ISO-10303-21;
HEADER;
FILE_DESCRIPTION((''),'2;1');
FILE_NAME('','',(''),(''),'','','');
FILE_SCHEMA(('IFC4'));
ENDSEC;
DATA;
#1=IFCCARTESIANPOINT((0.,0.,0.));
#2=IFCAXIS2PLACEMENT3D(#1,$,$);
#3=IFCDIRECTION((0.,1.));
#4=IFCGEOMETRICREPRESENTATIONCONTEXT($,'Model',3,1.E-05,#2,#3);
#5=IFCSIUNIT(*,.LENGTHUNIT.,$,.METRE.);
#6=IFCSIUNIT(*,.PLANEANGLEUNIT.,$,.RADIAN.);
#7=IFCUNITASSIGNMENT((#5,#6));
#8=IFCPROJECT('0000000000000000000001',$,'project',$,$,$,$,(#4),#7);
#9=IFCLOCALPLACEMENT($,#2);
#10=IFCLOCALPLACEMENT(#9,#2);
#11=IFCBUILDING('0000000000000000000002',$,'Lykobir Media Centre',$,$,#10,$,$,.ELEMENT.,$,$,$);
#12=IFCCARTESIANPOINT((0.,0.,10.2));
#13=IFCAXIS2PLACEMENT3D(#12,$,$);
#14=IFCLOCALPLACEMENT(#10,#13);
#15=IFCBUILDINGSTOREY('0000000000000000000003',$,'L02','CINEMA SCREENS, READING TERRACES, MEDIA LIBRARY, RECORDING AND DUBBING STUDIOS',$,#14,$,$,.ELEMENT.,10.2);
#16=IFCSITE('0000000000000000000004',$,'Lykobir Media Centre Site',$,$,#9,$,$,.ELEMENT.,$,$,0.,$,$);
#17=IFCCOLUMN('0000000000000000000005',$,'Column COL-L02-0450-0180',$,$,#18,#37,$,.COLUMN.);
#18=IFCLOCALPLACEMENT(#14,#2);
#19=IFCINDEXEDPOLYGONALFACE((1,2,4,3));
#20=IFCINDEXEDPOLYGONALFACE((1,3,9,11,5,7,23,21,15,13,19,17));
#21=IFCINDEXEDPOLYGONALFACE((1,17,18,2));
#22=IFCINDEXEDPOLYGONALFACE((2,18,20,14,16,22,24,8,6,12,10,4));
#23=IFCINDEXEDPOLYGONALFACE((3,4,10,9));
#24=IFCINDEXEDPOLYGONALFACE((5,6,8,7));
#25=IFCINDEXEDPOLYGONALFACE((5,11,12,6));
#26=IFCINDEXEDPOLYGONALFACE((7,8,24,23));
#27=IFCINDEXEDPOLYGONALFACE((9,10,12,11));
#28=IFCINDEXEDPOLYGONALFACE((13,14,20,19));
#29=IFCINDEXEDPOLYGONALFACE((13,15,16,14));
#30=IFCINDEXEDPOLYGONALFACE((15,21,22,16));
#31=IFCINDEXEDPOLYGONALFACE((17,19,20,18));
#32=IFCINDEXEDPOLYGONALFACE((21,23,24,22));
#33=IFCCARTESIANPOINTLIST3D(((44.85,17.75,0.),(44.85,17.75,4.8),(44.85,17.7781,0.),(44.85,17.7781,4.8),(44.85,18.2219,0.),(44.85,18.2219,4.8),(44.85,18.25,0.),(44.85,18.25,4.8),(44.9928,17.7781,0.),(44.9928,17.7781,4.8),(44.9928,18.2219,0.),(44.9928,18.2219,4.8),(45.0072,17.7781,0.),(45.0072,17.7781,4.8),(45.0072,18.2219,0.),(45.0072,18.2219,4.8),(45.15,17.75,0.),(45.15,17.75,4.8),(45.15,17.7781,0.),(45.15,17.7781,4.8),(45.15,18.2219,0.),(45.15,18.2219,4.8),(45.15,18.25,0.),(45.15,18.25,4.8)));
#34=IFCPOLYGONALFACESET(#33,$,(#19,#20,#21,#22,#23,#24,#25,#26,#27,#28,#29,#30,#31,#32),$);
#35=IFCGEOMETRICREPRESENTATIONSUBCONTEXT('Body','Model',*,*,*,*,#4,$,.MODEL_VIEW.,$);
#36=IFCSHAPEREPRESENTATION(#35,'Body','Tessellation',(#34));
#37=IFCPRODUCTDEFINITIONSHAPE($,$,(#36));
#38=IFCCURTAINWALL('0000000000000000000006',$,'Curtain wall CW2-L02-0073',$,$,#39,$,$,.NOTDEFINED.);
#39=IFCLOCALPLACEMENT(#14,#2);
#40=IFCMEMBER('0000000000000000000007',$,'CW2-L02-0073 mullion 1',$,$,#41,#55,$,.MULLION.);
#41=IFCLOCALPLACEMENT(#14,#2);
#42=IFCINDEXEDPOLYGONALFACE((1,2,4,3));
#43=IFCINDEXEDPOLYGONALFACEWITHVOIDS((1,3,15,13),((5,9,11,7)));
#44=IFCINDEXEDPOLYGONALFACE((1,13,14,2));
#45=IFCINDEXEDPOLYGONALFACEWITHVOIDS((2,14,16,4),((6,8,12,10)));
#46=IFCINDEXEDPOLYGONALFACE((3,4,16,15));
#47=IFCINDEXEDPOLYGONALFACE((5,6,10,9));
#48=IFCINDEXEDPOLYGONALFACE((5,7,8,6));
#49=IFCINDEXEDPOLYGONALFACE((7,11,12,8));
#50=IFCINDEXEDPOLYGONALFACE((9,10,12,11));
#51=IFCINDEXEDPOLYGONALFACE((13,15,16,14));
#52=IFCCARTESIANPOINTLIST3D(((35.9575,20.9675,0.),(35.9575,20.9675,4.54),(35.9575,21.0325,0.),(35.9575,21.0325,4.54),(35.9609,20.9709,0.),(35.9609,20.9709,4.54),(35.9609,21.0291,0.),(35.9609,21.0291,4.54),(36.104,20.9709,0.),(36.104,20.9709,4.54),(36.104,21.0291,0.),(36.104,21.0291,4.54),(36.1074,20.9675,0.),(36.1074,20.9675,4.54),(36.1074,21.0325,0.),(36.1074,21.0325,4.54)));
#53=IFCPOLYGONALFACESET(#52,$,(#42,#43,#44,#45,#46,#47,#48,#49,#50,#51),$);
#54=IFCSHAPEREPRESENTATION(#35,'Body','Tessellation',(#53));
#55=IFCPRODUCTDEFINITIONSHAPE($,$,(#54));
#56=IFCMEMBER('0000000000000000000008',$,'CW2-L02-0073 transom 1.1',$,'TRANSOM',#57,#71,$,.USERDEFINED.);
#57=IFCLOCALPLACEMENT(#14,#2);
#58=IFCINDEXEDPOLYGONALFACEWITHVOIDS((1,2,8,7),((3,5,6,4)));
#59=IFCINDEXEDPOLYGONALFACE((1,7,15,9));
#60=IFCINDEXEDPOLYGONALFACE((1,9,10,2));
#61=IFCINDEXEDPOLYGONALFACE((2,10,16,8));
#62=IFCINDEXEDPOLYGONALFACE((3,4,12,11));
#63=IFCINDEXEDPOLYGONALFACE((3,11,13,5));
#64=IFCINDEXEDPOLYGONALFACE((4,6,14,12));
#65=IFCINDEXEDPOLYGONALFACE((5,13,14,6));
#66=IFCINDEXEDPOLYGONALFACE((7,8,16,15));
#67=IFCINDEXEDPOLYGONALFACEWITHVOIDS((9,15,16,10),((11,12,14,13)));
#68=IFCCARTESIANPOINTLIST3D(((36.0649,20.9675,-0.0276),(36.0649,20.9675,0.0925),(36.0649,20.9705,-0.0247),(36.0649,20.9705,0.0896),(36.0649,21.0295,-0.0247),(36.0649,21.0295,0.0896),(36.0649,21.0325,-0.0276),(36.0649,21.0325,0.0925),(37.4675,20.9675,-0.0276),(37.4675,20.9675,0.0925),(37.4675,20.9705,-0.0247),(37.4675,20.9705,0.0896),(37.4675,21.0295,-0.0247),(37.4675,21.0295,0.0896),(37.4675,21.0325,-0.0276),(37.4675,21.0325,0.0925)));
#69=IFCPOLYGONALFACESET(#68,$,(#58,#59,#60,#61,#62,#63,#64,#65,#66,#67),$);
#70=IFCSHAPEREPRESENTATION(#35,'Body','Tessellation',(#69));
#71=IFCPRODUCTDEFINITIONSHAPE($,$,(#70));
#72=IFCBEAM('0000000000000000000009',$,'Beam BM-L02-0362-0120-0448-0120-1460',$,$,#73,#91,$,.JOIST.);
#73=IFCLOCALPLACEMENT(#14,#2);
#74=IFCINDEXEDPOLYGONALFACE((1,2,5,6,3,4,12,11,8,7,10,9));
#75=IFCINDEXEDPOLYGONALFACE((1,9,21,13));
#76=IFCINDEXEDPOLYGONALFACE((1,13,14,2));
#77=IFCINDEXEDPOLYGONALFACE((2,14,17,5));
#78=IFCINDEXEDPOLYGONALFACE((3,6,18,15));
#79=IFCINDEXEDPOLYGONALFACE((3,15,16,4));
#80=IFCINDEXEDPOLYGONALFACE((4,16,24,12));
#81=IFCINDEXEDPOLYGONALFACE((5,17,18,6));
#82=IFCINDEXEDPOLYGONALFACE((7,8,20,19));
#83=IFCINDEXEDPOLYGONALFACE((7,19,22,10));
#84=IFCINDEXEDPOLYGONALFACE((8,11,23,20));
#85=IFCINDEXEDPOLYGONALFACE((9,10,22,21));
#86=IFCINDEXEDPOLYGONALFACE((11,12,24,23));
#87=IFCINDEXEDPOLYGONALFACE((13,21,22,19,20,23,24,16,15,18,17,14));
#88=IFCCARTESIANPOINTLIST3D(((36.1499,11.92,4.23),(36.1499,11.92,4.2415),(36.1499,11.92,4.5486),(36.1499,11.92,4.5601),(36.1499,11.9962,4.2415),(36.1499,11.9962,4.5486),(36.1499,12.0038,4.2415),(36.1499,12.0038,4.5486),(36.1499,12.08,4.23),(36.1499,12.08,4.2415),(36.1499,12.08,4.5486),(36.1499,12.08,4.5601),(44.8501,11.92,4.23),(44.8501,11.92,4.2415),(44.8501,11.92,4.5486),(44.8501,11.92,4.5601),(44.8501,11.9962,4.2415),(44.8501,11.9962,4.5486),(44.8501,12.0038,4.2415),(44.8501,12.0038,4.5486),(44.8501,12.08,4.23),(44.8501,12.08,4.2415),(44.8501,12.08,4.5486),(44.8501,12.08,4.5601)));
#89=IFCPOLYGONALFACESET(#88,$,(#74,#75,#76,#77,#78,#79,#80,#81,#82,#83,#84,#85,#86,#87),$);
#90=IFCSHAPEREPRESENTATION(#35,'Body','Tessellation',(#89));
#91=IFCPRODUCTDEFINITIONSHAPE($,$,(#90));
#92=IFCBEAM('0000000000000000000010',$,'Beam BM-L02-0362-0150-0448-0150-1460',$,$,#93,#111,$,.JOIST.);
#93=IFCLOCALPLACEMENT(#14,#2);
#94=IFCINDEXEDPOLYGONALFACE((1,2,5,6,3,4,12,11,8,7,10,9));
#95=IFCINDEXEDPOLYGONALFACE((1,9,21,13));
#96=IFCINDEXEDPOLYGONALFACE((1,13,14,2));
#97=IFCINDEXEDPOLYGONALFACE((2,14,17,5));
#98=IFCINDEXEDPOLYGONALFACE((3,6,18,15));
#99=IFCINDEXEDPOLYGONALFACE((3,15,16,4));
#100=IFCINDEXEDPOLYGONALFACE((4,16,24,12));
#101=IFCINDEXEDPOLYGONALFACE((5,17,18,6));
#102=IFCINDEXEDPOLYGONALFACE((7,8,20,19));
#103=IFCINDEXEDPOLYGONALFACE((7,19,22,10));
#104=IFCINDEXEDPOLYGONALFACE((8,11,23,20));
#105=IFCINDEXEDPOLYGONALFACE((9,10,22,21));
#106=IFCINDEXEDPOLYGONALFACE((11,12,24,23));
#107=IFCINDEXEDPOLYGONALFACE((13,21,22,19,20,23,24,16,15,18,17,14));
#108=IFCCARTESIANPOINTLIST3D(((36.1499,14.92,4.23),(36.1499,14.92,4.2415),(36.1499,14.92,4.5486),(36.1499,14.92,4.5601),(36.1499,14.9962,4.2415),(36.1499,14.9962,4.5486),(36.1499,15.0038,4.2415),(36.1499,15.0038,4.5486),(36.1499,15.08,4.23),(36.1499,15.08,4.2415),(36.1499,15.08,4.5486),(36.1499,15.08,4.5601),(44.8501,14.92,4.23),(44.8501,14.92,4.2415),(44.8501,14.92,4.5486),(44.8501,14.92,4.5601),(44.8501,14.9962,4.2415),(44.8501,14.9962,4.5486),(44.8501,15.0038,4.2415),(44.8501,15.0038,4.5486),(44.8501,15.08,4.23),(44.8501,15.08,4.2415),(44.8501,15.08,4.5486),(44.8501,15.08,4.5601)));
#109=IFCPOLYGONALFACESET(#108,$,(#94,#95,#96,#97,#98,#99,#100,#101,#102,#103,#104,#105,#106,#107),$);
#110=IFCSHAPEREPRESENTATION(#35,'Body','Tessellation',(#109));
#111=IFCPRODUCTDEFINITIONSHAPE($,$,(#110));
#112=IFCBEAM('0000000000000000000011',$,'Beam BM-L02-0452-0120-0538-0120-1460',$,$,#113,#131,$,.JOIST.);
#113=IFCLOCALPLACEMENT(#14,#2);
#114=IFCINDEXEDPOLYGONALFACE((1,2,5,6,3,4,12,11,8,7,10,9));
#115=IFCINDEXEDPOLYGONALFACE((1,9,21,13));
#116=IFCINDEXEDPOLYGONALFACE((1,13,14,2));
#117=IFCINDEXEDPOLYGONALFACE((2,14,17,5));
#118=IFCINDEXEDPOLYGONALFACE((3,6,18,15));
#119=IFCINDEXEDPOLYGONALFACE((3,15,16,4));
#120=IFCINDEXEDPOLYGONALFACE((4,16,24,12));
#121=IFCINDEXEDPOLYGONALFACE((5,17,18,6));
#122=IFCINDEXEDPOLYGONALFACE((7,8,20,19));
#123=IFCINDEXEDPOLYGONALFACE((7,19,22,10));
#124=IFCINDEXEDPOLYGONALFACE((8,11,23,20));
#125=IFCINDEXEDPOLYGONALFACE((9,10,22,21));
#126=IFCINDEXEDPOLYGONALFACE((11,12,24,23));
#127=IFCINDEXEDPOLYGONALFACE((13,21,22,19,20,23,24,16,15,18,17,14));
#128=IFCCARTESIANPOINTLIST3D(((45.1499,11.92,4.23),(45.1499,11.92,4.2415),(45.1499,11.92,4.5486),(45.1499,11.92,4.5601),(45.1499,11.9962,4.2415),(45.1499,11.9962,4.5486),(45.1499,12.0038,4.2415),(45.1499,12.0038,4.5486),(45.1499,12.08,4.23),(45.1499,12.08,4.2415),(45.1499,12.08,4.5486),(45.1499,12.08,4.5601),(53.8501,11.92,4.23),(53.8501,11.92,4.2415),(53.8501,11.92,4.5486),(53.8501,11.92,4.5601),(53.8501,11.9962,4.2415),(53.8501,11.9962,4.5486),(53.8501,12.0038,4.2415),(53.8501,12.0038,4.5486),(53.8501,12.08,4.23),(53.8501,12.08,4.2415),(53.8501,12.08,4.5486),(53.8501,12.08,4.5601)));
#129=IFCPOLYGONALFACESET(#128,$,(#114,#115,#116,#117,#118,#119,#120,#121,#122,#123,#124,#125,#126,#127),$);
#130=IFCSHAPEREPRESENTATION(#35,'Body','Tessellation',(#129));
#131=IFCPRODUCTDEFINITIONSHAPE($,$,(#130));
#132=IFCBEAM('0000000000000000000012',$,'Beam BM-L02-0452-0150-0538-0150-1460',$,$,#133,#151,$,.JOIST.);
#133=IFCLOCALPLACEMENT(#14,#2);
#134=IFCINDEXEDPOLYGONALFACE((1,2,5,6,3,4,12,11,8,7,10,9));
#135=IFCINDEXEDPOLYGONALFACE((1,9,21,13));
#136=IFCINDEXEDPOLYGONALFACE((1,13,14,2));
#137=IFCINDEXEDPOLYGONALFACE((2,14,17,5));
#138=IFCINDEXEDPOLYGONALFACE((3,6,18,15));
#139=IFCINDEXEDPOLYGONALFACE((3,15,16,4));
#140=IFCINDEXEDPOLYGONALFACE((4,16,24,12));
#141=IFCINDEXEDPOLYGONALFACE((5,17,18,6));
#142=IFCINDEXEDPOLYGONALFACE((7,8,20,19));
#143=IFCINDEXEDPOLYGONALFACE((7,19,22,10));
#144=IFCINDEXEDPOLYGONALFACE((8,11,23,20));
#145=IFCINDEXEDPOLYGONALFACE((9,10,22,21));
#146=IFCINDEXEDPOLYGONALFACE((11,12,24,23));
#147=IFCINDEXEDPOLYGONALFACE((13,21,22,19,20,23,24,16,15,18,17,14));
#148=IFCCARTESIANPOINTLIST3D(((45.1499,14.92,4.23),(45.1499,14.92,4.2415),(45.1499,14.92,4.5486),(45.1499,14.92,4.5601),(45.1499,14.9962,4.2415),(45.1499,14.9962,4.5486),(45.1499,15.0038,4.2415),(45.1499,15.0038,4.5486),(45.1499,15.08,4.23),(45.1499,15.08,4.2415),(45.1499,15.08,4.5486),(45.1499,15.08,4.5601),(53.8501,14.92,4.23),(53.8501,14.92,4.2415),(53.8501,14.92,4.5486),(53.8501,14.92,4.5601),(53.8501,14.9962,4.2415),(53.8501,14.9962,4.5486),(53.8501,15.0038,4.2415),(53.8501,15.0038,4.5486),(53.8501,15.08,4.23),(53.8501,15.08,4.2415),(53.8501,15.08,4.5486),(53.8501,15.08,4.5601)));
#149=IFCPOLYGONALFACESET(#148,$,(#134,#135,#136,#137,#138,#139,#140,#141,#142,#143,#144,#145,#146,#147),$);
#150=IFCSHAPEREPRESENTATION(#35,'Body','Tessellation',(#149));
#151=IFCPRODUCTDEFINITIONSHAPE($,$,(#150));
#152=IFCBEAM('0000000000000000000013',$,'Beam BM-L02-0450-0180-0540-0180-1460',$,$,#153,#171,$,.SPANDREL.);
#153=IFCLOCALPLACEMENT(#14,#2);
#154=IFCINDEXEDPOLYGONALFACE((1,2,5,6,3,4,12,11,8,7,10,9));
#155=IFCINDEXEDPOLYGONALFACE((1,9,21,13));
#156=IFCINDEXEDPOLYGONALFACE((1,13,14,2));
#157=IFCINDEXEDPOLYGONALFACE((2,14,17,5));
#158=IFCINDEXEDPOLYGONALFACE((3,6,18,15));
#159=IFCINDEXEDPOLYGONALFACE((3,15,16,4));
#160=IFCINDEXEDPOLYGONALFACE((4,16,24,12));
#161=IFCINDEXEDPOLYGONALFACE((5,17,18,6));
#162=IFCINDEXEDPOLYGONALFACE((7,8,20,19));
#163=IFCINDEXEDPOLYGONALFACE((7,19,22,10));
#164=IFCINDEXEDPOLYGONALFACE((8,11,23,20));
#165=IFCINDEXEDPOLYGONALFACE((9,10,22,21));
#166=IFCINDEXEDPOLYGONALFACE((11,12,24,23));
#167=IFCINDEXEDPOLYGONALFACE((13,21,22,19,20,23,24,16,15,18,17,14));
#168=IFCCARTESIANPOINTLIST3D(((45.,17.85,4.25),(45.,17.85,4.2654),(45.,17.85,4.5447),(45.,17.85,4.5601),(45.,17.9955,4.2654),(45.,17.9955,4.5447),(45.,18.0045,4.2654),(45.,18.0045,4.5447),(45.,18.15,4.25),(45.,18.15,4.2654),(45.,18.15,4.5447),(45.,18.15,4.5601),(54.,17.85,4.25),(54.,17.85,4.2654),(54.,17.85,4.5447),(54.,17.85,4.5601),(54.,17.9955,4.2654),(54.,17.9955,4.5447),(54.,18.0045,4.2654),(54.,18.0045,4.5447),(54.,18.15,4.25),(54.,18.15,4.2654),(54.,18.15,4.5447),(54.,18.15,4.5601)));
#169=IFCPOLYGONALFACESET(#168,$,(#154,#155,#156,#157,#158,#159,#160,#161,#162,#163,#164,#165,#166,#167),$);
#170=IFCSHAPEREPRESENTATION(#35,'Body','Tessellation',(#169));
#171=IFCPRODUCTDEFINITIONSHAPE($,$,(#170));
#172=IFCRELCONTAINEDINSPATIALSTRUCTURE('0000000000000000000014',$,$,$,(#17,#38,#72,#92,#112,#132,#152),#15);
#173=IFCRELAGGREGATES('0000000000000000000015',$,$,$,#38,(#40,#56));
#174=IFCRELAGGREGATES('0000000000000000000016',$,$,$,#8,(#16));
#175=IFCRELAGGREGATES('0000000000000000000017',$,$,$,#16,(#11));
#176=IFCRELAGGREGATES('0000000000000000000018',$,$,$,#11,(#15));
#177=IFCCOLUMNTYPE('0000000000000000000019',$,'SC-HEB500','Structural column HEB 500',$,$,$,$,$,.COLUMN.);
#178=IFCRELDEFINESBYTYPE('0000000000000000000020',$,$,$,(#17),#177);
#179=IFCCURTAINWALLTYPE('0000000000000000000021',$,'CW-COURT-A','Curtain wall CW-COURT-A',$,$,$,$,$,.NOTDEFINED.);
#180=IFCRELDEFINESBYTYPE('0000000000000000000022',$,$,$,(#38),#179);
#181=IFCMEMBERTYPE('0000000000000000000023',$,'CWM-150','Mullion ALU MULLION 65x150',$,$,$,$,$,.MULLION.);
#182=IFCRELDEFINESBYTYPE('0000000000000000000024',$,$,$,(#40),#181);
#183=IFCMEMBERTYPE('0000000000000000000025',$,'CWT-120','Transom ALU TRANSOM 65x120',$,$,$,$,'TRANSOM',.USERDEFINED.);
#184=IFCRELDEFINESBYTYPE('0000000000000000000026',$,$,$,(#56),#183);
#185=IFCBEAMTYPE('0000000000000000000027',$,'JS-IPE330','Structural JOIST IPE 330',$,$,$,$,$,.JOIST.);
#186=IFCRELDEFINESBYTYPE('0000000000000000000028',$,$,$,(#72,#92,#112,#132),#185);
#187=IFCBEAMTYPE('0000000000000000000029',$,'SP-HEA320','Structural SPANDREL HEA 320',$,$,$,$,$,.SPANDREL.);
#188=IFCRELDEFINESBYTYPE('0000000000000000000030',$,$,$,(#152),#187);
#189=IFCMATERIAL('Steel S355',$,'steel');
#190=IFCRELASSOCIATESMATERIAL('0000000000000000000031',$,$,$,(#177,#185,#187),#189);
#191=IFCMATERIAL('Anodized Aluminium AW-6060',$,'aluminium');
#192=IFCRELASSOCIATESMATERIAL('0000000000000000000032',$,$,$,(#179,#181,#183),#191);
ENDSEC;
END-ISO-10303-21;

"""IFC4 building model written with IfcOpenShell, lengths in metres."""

from ifc_helpers import new_model, si_unit, direction, frame, origin, origin_2d, place, context, subcontext, project, spatial, hollow_rectangle, i_section, extrude, material, material_profile, profile_set, type_object, element, aggregate, save


model = new_model("IFC4")

# Units and contexts
model_context = context("Model", 3, precision=1e-05, world=origin(), true_north=direction((0.0, 1.0)))
body_context = subcontext(model_context, "Body", "Model", "MODEL_VIEW")
ifc_project = project(units=[si_unit("LENGTHUNIT", "METRE"), si_unit("PLANEANGLEUNIT", "RADIAN")], contexts=[model_context])

# Site, building, storey
site_placement = place(None, origin())
site = spatial("IfcSite", under=ifc_project, at=site_placement, Name="Lykobir Media Centre Site", CompositionType="ELEMENT", RefElevation=0.0)
building_placement = place(site_placement, origin())
building = spatial("IfcBuilding", under=site, at=building_placement, Name="Lykobir Media Centre", CompositionType="ELEMENT")
storey_placement = place(building_placement, frame((0.0, 0.0, 10.2)))
storey = spatial("IfcBuildingStorey", under=building, at=storey_placement, Name="L02", Description="CINEMA SCREENS, READING TERRACES, MEDIA LIBRARY, RECORDING AND DUBBING STUDIOS", CompositionType="ELEMENT", Elevation=10.2)

# Column
ifc_material_1 = material(Name="Steel S355", Category="steel")
ifc_material_profile_1 = material_profile(ifc_material_1, i_section(OverallWidth=0.3, OverallDepth=0.5, WebThickness=0.0144, FlangeThickness=0.0281, at=origin_2d()), Name="HEB 500")
ifc_profile_set_1 = profile_set([ifc_material_profile_1], Name="Steel S355")
column_type = type_object("IfcColumnType", Name="SC-HEB500", Description="Structural column HEB 500", PredefinedType="COLUMN", material=ifc_profile_set_1)
column_placement = place(storey_placement, frame((45.0, 18.0, 0.0), z_axis=(0.0, 0.0, 1.0), x_axis=(1.0, 0.0, 0.0)))
element("IfcColumn", 1, at=column_placement, inside=storey, type_object=column_type, Name="Column COL-L02-0450-0180", PredefinedType="COLUMN", context=body_context, shape_type="SweptSolid", body=[
    extrude(i_section(OverallWidth=0.3, OverallDepth=0.5, WebThickness=0.0144, FlangeThickness=0.0281, at=origin_2d()), origin(), (0.0, 0.0, 1.0), 4.8),
])

# Curtain wall, members
ifc_material_2 = material(Name="Anodized Aluminium AW-6060", Category="aluminium")
curtain_wall_type = type_object("IfcCurtainWallType", Name="CW-COURT-A", Description="Curtain wall CW-COURT-A", PredefinedType="NOTDEFINED", material=ifc_material_2)
curtain_wall_placement = place(storey_placement, origin())
curtain_wall = element("IfcCurtainWall", 2, at=curtain_wall_placement, inside=storey, type_object=curtain_wall_type, Name="Curtain wall CW2-L02-0073", PredefinedType="NOTDEFINED")
ifc_material_profile_2 = material_profile(ifc_material_2, hollow_rectangle(XDim=0.0649, YDim=0.1499, WallThickness=0.0034, at=origin_2d()), Name="ALU MULLION 65x150")
ifc_profile_set_2 = profile_set([ifc_material_profile_2], Name="Anodized Aluminium AW-6060")
member_type_1 = type_object("IfcMemberType", Name="CWM-150", Description="Mullion ALU MULLION 65x150", PredefinedType="MULLION", material=ifc_profile_set_2)
member_1_placement = place(storey_placement, frame((36.0325, 21.0, 0.0), z_axis=(0.0, 0.0, 1.0), x_axis=(0.0, 1.0, 0.0)))
member_1 = element("IfcMember", 3, at=member_1_placement, type_object=member_type_1, Name="CW2-L02-0073 mullion 1", PredefinedType="MULLION", context=body_context, shape_type="SweptSolid", body=[
    extrude(hollow_rectangle(XDim=0.0649, YDim=0.1499, WallThickness=0.0034, at=origin_2d()), origin(), (0.0, 0.0, 1.0), 4.54),
])
ifc_material_profile_3 = material_profile(ifc_material_2, hollow_rectangle(XDim=0.0649, YDim=0.1201, WallThickness=0.0029, at=origin_2d()), Name="ALU TRANSOM 65x120")
ifc_profile_set_3 = profile_set([ifc_material_profile_3], Name="Anodized Aluminium AW-6060")
member_type_2 = type_object("IfcMemberType", Name="CWT-120", Description="Transom ALU TRANSOM 65x120", ElementType="TRANSOM", PredefinedType="USERDEFINED", material=ifc_profile_set_3)
member_2_placement = place(storey_placement, frame((36.0649, 21.0, 0.0325), z_axis=(1.0, 0.0, 0.0), x_axis=(0.0, 1.0, 0.0)))
member_2 = element("IfcMember", 4, at=member_2_placement, type_object=member_type_2, Name="CW2-L02-0073 transom 1.1", ObjectType="TRANSOM", PredefinedType="USERDEFINED", context=body_context, shape_type="SweptSolid", body=[
    extrude(hollow_rectangle(XDim=0.0649, YDim=0.1201, WallThickness=0.0029, at=origin_2d()), origin(), (0.0, 0.0, 1.0), 1.4026),
])
aggregate(curtain_wall, [member_1, member_2])

# Beams
ifc_material_profile_4 = material_profile(ifc_material_1, i_section(OverallWidth=0.1599, OverallDepth=0.3301, WebThickness=0.0076, FlangeThickness=0.0115, at=origin_2d()), Name="IPE 330")
ifc_profile_set_4 = profile_set([ifc_material_profile_4], Name="Steel S355")
beam_type_1 = type_object("IfcBeamType", Name="JS-IPE330", Description="Structural JOIST IPE 330", PredefinedType="JOIST", material=ifc_profile_set_4)
for number, where, z_axis, x_axis, name in (
    (5, (36.1499, 12.0, 4.395), (1.0, 0.0, 0.0), (0.0, 1.0, 0.0), "Beam BM-L02-0362-0120-0448-0120-1460"),
    (6, (36.1499, 15.0, 4.395), (1.0, 0.0, 0.0), (0.0, 1.0, 0.0), "Beam BM-L02-0362-0150-0448-0150-1460"),
    (7, (45.1499, 12.0, 4.395), (1.0, 0.0, 0.0), (0.0, 1.0, 0.0), "Beam BM-L02-0452-0120-0538-0120-1460"),
    (8, (45.1499, 15.0, 4.395), (1.0, 0.0, 0.0), (0.0, 1.0, 0.0), "Beam BM-L02-0452-0150-0538-0150-1460"),
):
    element("IfcBeam", number, at=place(storey_placement, frame(where, z_axis=z_axis, x_axis=x_axis)), inside=storey, type_object=beam_type_1, Name=name, PredefinedType="JOIST", context=body_context, shape_type="SweptSolid", body=[
        extrude(i_section(OverallWidth=0.1599, OverallDepth=0.3301, WebThickness=0.0076, FlangeThickness=0.0115, at=origin_2d()), origin(), (0.0, 0.0, 1.0), 8.7002),
    ])
ifc_material_profile_5 = material_profile(ifc_material_1, i_section(OverallWidth=0.3, OverallDepth=0.3101, WebThickness=0.009, FlangeThickness=0.0154, at=origin_2d()), Name="HEA 320")
ifc_profile_set_5 = profile_set([ifc_material_profile_5], Name="Steel S355")
beam_type_2 = type_object("IfcBeamType", Name="SP-HEA320", Description="Structural SPANDREL HEA 320", PredefinedType="SPANDREL", material=ifc_profile_set_5)
beam_placement = place(storey_placement, frame((45.0, 18.0, 4.405), z_axis=(1.0, 0.0, 0.0), x_axis=(0.0, 1.0, 0.0)))
element("IfcBeam", 9, at=beam_placement, inside=storey, type_object=beam_type_2, Name="Beam BM-L02-0450-0180-0540-0180-1460", PredefinedType="SPANDREL", context=body_context, shape_type="SweptSolid", body=[
    extrude(i_section(OverallWidth=0.3, OverallDepth=0.3101, WebThickness=0.009, FlangeThickness=0.0154, at=origin_2d()), origin(), (0.0, 0.0, 1.0), 9.0),
])

save(model, "model.ifc")
